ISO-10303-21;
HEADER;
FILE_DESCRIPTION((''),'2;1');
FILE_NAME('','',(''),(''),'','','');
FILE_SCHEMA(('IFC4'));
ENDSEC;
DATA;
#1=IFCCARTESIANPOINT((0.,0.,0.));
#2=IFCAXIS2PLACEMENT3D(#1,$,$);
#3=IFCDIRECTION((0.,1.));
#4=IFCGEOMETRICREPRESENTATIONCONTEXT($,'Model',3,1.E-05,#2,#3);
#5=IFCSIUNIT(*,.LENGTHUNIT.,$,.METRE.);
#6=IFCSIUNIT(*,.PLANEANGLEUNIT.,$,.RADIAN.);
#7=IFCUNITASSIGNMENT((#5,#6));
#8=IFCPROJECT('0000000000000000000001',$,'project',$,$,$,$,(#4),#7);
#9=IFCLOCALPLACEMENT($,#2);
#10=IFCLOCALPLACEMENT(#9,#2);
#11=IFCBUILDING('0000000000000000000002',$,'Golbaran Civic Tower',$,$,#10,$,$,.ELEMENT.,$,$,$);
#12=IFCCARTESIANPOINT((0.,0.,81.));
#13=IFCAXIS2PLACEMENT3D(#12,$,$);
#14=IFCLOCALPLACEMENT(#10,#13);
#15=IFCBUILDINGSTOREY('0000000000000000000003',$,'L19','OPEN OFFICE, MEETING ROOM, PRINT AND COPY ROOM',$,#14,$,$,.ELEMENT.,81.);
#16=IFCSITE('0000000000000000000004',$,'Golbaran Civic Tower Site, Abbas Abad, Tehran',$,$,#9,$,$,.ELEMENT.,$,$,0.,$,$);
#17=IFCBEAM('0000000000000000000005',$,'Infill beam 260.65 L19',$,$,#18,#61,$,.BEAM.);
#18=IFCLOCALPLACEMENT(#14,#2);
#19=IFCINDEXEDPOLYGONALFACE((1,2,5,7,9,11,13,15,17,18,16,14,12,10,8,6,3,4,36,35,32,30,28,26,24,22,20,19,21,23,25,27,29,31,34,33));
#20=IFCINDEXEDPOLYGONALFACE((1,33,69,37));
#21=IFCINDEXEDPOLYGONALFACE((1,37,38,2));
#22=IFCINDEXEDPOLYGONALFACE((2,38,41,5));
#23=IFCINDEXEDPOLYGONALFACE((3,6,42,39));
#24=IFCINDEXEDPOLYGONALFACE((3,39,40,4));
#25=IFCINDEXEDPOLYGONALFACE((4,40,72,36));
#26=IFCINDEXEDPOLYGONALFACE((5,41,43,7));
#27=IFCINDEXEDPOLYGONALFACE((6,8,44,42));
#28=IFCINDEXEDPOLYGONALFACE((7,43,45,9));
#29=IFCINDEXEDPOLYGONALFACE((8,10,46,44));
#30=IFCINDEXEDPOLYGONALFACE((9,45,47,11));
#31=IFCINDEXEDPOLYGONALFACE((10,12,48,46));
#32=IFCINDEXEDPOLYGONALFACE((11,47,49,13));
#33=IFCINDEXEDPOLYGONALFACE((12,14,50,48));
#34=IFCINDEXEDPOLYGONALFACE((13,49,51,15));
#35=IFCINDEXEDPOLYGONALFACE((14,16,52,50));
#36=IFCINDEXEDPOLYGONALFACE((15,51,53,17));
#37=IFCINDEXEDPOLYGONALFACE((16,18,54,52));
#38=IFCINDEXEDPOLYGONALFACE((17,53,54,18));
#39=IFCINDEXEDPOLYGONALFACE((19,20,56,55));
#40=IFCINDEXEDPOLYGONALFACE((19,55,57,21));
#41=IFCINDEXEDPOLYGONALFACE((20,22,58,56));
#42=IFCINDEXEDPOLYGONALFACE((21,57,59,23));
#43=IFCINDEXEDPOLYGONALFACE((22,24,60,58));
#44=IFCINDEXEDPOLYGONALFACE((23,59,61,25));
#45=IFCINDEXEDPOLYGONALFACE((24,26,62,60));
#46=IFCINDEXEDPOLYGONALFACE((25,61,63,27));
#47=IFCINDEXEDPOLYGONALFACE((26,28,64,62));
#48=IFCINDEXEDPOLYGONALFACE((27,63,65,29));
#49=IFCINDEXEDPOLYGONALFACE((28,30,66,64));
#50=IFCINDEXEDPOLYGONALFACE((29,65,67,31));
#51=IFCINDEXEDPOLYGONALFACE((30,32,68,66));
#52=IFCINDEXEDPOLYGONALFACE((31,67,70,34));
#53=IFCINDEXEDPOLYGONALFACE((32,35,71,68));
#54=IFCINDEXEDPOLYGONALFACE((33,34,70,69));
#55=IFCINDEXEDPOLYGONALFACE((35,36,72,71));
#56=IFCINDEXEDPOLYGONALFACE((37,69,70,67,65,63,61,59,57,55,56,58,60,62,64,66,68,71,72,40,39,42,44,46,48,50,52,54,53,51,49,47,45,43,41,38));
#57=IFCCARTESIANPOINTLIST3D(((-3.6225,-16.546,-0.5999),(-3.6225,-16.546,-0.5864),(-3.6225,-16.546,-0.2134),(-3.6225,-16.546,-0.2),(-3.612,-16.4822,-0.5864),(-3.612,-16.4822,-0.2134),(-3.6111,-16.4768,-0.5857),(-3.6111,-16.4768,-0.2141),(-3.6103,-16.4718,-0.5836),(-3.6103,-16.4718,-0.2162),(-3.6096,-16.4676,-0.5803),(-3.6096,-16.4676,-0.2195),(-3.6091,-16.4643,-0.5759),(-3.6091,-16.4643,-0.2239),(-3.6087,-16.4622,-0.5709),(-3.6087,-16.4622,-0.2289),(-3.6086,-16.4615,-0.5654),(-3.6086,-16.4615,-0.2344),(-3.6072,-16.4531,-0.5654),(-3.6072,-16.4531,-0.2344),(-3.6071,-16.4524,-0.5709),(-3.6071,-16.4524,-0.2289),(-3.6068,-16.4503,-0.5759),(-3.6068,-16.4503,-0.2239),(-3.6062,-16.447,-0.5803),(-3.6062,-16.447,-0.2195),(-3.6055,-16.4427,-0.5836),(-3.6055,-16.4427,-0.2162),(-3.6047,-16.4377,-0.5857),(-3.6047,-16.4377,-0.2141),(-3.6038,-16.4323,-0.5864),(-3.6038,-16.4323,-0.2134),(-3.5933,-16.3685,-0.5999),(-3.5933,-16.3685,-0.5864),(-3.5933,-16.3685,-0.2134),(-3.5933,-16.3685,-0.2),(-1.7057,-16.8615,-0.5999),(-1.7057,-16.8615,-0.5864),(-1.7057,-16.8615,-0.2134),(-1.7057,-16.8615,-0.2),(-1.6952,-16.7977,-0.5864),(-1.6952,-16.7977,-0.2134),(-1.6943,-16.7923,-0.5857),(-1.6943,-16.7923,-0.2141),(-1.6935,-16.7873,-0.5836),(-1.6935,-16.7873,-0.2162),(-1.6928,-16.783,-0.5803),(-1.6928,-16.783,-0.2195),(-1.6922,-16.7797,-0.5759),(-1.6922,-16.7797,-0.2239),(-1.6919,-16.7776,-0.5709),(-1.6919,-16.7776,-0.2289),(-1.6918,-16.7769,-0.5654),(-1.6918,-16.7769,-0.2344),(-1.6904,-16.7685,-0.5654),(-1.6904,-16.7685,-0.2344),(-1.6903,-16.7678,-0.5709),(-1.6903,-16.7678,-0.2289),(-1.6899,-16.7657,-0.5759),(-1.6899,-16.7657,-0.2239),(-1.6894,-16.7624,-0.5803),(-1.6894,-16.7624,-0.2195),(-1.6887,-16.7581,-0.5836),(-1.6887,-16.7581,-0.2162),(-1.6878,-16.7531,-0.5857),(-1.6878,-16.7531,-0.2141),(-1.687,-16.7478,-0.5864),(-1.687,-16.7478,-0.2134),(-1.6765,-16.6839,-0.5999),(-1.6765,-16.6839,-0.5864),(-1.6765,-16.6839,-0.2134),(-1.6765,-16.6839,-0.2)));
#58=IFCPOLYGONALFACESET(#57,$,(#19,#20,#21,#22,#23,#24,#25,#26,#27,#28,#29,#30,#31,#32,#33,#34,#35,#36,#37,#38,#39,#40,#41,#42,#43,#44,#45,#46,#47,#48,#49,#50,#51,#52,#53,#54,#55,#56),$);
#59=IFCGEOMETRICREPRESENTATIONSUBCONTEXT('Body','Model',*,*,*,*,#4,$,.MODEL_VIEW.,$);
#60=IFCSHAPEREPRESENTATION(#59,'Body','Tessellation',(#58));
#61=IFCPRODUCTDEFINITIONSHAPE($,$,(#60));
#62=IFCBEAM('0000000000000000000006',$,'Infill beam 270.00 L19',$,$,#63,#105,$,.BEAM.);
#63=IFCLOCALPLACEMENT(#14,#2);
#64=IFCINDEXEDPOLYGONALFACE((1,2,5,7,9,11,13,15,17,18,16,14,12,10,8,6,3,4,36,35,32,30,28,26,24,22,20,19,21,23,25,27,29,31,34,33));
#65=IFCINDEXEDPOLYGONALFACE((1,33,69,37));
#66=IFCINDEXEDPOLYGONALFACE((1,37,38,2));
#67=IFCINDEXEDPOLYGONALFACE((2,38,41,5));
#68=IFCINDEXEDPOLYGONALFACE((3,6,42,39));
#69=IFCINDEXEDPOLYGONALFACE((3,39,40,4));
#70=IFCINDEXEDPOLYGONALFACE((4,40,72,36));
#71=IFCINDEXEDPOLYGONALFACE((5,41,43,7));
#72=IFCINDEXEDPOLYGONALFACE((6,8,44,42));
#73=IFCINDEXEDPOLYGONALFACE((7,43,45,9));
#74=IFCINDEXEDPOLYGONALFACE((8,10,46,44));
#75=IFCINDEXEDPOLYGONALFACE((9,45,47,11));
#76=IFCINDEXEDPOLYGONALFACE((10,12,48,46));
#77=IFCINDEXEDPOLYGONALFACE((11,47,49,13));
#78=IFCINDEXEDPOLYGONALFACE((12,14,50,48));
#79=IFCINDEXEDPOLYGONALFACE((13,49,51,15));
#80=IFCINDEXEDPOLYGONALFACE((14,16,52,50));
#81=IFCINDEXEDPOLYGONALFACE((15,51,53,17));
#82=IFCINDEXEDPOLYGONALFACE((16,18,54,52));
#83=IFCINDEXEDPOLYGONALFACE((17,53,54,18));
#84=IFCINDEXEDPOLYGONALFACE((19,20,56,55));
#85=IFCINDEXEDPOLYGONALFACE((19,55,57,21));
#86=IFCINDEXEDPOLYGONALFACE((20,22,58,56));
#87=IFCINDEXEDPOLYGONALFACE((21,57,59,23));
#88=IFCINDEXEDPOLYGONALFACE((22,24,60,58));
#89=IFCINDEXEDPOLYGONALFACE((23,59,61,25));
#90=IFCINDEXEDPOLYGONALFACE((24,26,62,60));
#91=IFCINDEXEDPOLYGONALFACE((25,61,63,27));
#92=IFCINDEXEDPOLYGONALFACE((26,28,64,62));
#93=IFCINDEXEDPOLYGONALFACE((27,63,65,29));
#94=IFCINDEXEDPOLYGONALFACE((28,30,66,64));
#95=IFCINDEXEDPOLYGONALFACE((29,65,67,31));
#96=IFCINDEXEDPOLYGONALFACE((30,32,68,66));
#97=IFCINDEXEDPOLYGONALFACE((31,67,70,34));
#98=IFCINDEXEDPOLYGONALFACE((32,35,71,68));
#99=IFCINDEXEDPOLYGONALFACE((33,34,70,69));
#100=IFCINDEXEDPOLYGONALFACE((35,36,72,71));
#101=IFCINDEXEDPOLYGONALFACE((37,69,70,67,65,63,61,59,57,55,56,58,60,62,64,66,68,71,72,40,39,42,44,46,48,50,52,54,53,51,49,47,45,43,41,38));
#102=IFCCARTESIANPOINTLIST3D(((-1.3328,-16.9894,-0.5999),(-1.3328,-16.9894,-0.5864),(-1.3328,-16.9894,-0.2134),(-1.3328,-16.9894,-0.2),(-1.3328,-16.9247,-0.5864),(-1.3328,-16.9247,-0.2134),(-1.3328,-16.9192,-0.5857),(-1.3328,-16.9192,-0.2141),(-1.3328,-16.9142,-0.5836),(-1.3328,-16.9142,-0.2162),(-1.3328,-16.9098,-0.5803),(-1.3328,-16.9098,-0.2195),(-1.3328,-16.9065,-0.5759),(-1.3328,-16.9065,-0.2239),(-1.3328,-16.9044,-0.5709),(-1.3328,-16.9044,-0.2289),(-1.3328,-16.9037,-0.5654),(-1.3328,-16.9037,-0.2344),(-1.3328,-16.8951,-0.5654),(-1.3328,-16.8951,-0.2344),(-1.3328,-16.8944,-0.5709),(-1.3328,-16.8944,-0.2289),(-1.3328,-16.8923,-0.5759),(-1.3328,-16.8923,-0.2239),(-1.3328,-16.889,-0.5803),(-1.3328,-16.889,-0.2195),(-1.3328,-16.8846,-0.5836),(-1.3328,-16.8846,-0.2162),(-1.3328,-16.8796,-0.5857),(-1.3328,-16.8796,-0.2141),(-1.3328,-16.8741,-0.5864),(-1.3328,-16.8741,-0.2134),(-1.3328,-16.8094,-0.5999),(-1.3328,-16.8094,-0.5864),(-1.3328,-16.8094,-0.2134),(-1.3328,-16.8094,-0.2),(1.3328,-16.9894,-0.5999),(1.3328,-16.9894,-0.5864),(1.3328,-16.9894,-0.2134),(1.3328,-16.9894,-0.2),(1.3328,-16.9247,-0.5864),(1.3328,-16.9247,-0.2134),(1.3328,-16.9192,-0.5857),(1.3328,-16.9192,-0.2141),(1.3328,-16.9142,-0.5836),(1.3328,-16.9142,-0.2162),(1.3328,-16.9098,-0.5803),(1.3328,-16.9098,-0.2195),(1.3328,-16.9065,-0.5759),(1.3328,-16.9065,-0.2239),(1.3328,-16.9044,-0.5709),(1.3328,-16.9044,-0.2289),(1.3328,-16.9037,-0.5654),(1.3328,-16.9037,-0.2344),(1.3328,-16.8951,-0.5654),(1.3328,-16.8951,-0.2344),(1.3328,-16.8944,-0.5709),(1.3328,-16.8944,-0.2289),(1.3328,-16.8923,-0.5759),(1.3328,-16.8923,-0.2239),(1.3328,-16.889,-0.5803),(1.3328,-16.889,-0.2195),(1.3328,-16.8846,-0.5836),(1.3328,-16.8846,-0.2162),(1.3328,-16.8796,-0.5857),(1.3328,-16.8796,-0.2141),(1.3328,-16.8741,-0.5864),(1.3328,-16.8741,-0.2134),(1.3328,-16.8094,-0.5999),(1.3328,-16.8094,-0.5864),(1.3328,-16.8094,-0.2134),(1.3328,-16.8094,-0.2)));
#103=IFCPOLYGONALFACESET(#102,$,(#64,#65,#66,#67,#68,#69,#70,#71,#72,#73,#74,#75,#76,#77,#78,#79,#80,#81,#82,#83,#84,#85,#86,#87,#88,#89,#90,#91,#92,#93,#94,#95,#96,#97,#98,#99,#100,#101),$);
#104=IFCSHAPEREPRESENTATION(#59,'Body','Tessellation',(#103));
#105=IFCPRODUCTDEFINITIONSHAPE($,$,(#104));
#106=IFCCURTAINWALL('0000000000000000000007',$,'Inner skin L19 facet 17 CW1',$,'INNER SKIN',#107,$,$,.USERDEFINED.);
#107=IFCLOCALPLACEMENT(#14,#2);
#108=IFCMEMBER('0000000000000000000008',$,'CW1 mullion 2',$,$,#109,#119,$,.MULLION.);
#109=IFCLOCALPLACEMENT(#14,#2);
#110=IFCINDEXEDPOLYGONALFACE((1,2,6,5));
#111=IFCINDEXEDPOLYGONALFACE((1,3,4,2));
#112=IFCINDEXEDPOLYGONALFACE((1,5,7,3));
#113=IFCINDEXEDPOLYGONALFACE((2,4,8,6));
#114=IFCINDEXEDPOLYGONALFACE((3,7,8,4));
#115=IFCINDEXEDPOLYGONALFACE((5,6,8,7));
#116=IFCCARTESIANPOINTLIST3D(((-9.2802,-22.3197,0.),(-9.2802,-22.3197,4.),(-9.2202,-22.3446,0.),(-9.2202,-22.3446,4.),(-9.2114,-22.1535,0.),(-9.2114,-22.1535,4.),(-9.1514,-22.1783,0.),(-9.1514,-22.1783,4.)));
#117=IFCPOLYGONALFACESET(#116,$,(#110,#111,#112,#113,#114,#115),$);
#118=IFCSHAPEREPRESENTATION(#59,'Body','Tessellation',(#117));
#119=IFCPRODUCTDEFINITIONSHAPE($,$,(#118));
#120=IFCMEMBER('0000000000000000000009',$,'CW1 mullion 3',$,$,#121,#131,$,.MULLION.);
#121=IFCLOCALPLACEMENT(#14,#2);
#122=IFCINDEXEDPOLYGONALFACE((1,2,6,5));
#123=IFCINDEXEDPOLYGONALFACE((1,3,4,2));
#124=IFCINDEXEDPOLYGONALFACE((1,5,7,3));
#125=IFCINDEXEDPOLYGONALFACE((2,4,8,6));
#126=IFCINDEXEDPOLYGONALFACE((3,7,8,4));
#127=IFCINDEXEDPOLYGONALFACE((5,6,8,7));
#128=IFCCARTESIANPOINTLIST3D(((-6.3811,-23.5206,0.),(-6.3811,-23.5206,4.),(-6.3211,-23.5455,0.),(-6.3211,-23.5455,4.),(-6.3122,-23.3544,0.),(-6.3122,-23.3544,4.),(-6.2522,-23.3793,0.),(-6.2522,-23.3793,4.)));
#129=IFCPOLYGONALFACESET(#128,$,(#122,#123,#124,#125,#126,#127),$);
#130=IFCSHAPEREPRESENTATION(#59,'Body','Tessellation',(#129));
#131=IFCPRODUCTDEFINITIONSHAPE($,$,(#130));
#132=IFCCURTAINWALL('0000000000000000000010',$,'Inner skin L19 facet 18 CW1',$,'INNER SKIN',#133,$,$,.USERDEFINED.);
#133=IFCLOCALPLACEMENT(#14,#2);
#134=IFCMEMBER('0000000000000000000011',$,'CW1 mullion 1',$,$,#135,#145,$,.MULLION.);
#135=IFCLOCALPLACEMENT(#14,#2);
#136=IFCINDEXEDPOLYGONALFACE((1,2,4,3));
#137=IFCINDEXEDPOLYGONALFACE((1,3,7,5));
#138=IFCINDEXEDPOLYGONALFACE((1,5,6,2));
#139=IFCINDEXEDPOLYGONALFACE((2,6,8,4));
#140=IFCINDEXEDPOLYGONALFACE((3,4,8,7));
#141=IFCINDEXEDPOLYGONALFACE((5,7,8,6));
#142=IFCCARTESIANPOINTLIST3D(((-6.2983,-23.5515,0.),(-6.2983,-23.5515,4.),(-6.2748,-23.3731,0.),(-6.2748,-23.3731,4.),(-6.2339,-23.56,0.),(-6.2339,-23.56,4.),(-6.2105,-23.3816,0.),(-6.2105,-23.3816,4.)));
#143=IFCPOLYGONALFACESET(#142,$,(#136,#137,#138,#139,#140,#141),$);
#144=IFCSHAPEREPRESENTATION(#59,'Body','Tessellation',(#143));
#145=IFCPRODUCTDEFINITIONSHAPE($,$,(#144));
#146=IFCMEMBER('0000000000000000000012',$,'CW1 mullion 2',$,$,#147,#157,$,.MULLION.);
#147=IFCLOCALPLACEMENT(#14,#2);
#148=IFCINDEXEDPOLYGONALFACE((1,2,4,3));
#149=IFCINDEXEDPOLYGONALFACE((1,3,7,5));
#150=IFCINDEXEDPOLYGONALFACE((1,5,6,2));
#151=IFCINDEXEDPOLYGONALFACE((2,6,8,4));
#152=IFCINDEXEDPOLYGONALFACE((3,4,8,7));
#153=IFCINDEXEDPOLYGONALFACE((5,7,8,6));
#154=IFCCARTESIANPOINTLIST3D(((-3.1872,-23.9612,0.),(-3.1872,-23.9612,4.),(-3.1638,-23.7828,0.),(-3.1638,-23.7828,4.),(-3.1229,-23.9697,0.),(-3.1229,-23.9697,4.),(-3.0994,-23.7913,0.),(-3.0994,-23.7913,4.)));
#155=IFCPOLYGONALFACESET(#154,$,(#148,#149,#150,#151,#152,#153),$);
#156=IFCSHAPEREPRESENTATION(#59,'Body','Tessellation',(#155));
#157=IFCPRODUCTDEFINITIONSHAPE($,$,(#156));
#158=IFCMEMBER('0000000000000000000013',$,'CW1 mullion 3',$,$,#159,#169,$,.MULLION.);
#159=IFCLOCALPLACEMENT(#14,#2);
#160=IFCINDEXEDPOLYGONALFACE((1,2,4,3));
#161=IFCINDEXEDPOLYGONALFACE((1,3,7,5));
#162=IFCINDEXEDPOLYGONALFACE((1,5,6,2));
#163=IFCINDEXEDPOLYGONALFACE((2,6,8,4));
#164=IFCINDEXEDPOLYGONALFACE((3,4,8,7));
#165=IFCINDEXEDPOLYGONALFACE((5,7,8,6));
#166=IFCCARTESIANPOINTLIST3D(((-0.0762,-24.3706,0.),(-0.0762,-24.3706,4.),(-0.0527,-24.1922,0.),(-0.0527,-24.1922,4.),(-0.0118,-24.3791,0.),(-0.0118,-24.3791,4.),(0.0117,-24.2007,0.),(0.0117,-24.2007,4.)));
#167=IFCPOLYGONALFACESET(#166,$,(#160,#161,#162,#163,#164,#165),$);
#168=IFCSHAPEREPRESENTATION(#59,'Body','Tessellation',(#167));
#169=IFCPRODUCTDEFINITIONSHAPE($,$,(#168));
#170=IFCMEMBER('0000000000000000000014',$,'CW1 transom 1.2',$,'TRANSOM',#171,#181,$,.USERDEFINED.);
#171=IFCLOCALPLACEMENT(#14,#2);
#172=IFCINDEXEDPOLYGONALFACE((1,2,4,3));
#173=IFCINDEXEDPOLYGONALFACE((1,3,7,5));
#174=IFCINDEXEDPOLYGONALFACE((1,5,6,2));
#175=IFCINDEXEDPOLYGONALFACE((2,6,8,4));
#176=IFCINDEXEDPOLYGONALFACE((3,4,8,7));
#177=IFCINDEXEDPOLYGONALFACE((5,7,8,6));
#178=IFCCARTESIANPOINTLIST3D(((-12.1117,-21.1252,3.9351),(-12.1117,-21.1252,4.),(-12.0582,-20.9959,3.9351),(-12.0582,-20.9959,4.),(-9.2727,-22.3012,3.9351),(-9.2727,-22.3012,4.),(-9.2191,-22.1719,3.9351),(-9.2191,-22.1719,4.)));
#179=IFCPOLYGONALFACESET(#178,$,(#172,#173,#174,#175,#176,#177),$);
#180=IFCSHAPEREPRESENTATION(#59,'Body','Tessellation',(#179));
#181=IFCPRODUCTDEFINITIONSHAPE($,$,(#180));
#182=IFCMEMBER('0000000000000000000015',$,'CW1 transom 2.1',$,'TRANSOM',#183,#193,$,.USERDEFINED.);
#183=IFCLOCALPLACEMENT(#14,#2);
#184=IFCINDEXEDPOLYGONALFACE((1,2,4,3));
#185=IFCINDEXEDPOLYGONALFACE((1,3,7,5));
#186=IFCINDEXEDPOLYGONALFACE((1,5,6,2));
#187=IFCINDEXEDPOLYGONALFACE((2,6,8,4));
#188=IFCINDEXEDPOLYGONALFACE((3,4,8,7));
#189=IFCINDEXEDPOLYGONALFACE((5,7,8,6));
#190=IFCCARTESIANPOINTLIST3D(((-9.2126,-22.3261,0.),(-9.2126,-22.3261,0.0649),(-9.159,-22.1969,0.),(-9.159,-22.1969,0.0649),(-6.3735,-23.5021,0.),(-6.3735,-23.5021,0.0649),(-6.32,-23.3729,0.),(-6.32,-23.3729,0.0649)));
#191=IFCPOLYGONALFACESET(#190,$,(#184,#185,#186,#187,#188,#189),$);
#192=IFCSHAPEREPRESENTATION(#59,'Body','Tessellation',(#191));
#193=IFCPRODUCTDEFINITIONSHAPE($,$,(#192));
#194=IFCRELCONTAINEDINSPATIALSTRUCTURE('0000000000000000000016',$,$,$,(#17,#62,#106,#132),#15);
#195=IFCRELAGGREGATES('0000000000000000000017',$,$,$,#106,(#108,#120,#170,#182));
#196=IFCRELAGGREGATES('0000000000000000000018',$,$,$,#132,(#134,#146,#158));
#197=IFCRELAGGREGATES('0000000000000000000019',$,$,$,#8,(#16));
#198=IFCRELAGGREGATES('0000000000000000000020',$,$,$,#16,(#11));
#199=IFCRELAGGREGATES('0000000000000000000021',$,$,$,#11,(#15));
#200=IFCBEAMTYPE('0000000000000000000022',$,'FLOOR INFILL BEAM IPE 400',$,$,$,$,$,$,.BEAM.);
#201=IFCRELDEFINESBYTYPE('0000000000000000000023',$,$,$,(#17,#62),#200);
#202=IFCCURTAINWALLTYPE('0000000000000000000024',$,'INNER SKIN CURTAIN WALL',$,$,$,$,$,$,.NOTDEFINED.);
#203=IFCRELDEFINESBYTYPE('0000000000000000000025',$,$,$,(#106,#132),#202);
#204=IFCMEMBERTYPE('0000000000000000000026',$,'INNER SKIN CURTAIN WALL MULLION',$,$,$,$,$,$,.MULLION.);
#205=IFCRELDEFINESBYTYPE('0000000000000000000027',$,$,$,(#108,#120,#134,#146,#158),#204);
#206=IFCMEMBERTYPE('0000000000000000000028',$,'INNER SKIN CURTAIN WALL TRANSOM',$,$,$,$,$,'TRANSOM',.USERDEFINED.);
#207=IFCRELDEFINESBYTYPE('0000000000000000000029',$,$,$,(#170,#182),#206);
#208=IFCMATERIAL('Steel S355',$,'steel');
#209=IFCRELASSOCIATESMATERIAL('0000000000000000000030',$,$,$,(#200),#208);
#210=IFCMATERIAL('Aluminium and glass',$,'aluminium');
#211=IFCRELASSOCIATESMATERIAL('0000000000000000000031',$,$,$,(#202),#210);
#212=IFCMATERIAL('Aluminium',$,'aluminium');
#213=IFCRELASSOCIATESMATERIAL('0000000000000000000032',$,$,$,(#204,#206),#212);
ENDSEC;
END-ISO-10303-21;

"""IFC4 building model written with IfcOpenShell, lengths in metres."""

from ifc_helpers import new_model, si_unit, direction, frame, origin, origin_2d, place, context, subcontext, project, spatial, rectangle, i_section, extrude, material, material_profile, profile_set, type_object, element, aggregate, save


model = new_model("IFC4")

# Units and contexts
model_context = context("Model", 3, precision=1e-05, world=origin(), true_north=direction((0.0, 1.0)))
body_context = subcontext(model_context, "Body", "Model", "MODEL_VIEW")
ifc_project = project(units=[si_unit("LENGTHUNIT", "METRE"), si_unit("PLANEANGLEUNIT", "RADIAN")], contexts=[model_context])

# Site, building, storey
site_placement = place(None, origin())
site = spatial("IfcSite", under=ifc_project, at=site_placement, Name="Golbaran Civic Tower Site, Abbas Abad, Tehran", CompositionType="ELEMENT", RefElevation=0.0)
building_placement = place(site_placement, origin())
building = spatial("IfcBuilding", under=site, at=building_placement, Name="Golbaran Civic Tower", CompositionType="ELEMENT")
storey_placement = place(building_placement, frame((0.0, 0.0, 81.0)))
storey = spatial("IfcBuildingStorey", under=building, at=storey_placement, Name="L19", Description="OPEN OFFICE, MEETING ROOM, PRINT AND COPY ROOM", CompositionType="ELEMENT", Elevation=81.0)

# Beams
ifc_material_1 = material(Name="Steel S355", Category="steel")
ifc_material_profile_1 = material_profile(ifc_material_1, i_section(OverallWidth=0.1799, OverallDepth=0.3999, WebThickness=0.0085, FlangeThickness=0.0134, FilletRadius=0.021, at=origin_2d()), Name="IPE 400")
ifc_profile_set_1 = profile_set([ifc_material_profile_1], Name="Steel S355")
beam_type_1 = type_object("IfcBeamType", Name="FLOOR INFILL BEAM IPE 400", PredefinedType="BEAM", material=ifc_profile_set_1)
beam_1_placement = place(storey_placement, frame((-3.6079, -16.4573, -0.3999), z_axis=(0.986728, -0.162381, 0.0), x_axis=(0.162381, 0.986728, 0.0)))
element("IfcBeam", 1, at=beam_1_placement, inside=storey, type_object=beam_type_1, Name="Infill beam 260.65 L19", PredefinedType="BEAM", context=body_context, shape_type="SweptSolid", body=[
    extrude(i_section(OverallWidth=0.1799, OverallDepth=0.3999, WebThickness=0.0085, FlangeThickness=0.0134, FilletRadius=0.021, at=origin_2d()), origin(), (0.0, 0.0, 1.0), 1.9426),
])
beam_2_placement = place(storey_placement, frame((-1.3328, -16.8994, -0.3999), z_axis=(1.0, 0.0, 0.0), x_axis=(0.0, 1.0, 0.0)))
element("IfcBeam", 2, at=beam_2_placement, inside=storey, type_object=beam_type_1, Name="Infill beam 270.00 L19", PredefinedType="BEAM", context=body_context, shape_type="SweptSolid", body=[
    extrude(i_section(OverallWidth=0.1799, OverallDepth=0.3999, WebThickness=0.0085, FlangeThickness=0.0134, FilletRadius=0.021, at=origin_2d()), origin(), (0.0, 0.0, 1.0), 2.6655),
])

# Curtain walls, members
ifc_material_2 = material(Name="Aluminium and glass", Category="aluminium")
curtain_wall_type = type_object("IfcCurtainWallType", Name="INNER SKIN CURTAIN WALL", PredefinedType="NOTDEFINED", material=ifc_material_2)
curtain_wall_1_placement = place(storey_placement, origin())
curtain_wall_1 = element("IfcCurtainWall", 3, at=curtain_wall_1_placement, inside=storey, type_object=curtain_wall_type, Name="Inner skin L19 facet 17 CW1", ObjectType="INNER SKIN", PredefinedType="USERDEFINED")
ifc_material_3 = material(Name="Aluminium", Category="aluminium")
ifc_material_profile_2 = material_profile(ifc_material_3, rectangle(XDim=0.1799, YDim=0.0649, at=origin_2d()), Name="INNER SKIN CURTAIN WALL MULLION")
ifc_profile_set_2 = profile_set([ifc_material_profile_2], Name="Aluminium")
member_type_1 = type_object("IfcMemberType", Name="INNER SKIN CURTAIN WALL MULLION", PredefinedType="MULLION", material=ifc_profile_set_2)
member_1_placement = place(storey_placement, frame((-9.2158, -22.249, 0.0), z_axis=(0.0, 0.0, 1.0), x_axis=(0.382683, 0.92388, 0.0)))
member_1 = element("IfcMember", 4, at=member_1_placement, type_object=member_type_1, Name="CW1 mullion 2", PredefinedType="MULLION", context=body_context, shape_type="SweptSolid", body=[
    extrude(rectangle(XDim=0.1799, YDim=0.0649, at=origin_2d()), origin(), (0.0, 0.0, 1.0), 4.0),
])
member_2_placement = place(storey_placement, frame((-6.3167, -23.45, 0.0), z_axis=(0.0, 0.0, 1.0), x_axis=(0.382683, 0.92388, 0.0)))
member_2 = element("IfcMember", 5, at=member_2_placement, type_object=member_type_1, Name="CW1 mullion 3", PredefinedType="MULLION", context=body_context, shape_type="SweptSolid", body=[
    extrude(rectangle(XDim=0.1799, YDim=0.0649, at=origin_2d()), origin(), (0.0, 0.0, 1.0), 4.0),
])
curtain_wall_2_placement = place(storey_placement, origin())
curtain_wall_2 = element("IfcCurtainWall", 6, at=curtain_wall_2_placement, inside=storey, type_object=curtain_wall_type, Name="Inner skin L19 facet 18 CW1", ObjectType="INNER SKIN", PredefinedType="USERDEFINED")
member_3_placement = place(storey_placement, frame((-6.2544, -23.4666, 0.0), z_axis=(0.0, 0.0, 1.0), x_axis=(0.130526, 0.991445, 0.0)))
member_3 = element("IfcMember", 7, at=member_3_placement, type_object=member_type_1, Name="CW1 mullion 1", PredefinedType="MULLION", context=body_context, shape_type="SweptSolid", body=[
    extrude(rectangle(XDim=0.1799, YDim=0.0649, at=origin_2d()), origin(), (0.0, 0.0, 1.0), 4.0),
])
member_4_placement = place(storey_placement, frame((-3.1433, -23.8762, 0.0), z_axis=(0.0, 0.0, 1.0), x_axis=(0.130526, 0.991445, 0.0)))
member_4 = element("IfcMember", 8, at=member_4_placement, type_object=member_type_1, Name="CW1 mullion 2", PredefinedType="MULLION", context=body_context, shape_type="SweptSolid", body=[
    extrude(rectangle(XDim=0.1799, YDim=0.0649, at=origin_2d()), origin(), (0.0, 0.0, 1.0), 4.0),
])
member_5_placement = place(storey_placement, frame((-0.0322, -24.2856, 0.0), z_axis=(0.0, 0.0, 1.0), x_axis=(0.130526, 0.991445, 0.0)))
member_5 = element("IfcMember", 9, at=member_5_placement, type_object=member_type_1, Name="CW1 mullion 3", PredefinedType="MULLION", context=body_context, shape_type="SweptSolid", body=[
    extrude(rectangle(XDim=0.1799, YDim=0.0649, at=origin_2d()), origin(), (0.0, 0.0, 1.0), 4.0),
])

# Members
ifc_material_profile_3 = material_profile(ifc_material_3, rectangle(XDim=0.1399, YDim=0.0649, at=origin_2d()), Name="INNER SKIN CURTAIN WALL TRANSOM")
ifc_profile_set_3 = profile_set([ifc_material_profile_3], Name="Aluminium")
member_type_2 = type_object("IfcMemberType", Name="INNER SKIN CURTAIN WALL TRANSOM", ElementType="TRANSOM", PredefinedType="USERDEFINED", material=ifc_profile_set_3)
member_6_placement = place(storey_placement, frame((-12.085, -21.0605, 3.9675), z_axis=(0.923876, -0.382691, 0.0), x_axis=(0.382691, 0.923876, 0.0)))
member_6 = element("IfcMember", 10, at=member_6_placement, type_object=member_type_2, Name="CW1 transom 1.2", ObjectType="TRANSOM", PredefinedType="USERDEFINED", context=body_context, shape_type="SweptSolid", body=[
    extrude(rectangle(XDim=0.1399, YDim=0.0649, at=origin_2d()), origin(), (0.0, 0.0, 1.0), 3.073),
])
member_7_placement = place(storey_placement, frame((-9.1858, -22.2615, 0.0325), z_axis=(0.923876, -0.382691, 0.0), x_axis=(0.382691, 0.923876, 0.0)))
member_7 = element("IfcMember", 11, at=member_7_placement, type_object=member_type_2, Name="CW1 transom 2.1", ObjectType="TRANSOM", PredefinedType="USERDEFINED", context=body_context, shape_type="SweptSolid", body=[
    extrude(rectangle(XDim=0.1399, YDim=0.0649, at=origin_2d()), origin(), (0.0, 0.0, 1.0), 3.073),
])

aggregate(curtain_wall_1, [member_1, member_2, member_6, member_7])
aggregate(curtain_wall_2, [member_3, member_4, member_5])

save(model, "model.ifc")
